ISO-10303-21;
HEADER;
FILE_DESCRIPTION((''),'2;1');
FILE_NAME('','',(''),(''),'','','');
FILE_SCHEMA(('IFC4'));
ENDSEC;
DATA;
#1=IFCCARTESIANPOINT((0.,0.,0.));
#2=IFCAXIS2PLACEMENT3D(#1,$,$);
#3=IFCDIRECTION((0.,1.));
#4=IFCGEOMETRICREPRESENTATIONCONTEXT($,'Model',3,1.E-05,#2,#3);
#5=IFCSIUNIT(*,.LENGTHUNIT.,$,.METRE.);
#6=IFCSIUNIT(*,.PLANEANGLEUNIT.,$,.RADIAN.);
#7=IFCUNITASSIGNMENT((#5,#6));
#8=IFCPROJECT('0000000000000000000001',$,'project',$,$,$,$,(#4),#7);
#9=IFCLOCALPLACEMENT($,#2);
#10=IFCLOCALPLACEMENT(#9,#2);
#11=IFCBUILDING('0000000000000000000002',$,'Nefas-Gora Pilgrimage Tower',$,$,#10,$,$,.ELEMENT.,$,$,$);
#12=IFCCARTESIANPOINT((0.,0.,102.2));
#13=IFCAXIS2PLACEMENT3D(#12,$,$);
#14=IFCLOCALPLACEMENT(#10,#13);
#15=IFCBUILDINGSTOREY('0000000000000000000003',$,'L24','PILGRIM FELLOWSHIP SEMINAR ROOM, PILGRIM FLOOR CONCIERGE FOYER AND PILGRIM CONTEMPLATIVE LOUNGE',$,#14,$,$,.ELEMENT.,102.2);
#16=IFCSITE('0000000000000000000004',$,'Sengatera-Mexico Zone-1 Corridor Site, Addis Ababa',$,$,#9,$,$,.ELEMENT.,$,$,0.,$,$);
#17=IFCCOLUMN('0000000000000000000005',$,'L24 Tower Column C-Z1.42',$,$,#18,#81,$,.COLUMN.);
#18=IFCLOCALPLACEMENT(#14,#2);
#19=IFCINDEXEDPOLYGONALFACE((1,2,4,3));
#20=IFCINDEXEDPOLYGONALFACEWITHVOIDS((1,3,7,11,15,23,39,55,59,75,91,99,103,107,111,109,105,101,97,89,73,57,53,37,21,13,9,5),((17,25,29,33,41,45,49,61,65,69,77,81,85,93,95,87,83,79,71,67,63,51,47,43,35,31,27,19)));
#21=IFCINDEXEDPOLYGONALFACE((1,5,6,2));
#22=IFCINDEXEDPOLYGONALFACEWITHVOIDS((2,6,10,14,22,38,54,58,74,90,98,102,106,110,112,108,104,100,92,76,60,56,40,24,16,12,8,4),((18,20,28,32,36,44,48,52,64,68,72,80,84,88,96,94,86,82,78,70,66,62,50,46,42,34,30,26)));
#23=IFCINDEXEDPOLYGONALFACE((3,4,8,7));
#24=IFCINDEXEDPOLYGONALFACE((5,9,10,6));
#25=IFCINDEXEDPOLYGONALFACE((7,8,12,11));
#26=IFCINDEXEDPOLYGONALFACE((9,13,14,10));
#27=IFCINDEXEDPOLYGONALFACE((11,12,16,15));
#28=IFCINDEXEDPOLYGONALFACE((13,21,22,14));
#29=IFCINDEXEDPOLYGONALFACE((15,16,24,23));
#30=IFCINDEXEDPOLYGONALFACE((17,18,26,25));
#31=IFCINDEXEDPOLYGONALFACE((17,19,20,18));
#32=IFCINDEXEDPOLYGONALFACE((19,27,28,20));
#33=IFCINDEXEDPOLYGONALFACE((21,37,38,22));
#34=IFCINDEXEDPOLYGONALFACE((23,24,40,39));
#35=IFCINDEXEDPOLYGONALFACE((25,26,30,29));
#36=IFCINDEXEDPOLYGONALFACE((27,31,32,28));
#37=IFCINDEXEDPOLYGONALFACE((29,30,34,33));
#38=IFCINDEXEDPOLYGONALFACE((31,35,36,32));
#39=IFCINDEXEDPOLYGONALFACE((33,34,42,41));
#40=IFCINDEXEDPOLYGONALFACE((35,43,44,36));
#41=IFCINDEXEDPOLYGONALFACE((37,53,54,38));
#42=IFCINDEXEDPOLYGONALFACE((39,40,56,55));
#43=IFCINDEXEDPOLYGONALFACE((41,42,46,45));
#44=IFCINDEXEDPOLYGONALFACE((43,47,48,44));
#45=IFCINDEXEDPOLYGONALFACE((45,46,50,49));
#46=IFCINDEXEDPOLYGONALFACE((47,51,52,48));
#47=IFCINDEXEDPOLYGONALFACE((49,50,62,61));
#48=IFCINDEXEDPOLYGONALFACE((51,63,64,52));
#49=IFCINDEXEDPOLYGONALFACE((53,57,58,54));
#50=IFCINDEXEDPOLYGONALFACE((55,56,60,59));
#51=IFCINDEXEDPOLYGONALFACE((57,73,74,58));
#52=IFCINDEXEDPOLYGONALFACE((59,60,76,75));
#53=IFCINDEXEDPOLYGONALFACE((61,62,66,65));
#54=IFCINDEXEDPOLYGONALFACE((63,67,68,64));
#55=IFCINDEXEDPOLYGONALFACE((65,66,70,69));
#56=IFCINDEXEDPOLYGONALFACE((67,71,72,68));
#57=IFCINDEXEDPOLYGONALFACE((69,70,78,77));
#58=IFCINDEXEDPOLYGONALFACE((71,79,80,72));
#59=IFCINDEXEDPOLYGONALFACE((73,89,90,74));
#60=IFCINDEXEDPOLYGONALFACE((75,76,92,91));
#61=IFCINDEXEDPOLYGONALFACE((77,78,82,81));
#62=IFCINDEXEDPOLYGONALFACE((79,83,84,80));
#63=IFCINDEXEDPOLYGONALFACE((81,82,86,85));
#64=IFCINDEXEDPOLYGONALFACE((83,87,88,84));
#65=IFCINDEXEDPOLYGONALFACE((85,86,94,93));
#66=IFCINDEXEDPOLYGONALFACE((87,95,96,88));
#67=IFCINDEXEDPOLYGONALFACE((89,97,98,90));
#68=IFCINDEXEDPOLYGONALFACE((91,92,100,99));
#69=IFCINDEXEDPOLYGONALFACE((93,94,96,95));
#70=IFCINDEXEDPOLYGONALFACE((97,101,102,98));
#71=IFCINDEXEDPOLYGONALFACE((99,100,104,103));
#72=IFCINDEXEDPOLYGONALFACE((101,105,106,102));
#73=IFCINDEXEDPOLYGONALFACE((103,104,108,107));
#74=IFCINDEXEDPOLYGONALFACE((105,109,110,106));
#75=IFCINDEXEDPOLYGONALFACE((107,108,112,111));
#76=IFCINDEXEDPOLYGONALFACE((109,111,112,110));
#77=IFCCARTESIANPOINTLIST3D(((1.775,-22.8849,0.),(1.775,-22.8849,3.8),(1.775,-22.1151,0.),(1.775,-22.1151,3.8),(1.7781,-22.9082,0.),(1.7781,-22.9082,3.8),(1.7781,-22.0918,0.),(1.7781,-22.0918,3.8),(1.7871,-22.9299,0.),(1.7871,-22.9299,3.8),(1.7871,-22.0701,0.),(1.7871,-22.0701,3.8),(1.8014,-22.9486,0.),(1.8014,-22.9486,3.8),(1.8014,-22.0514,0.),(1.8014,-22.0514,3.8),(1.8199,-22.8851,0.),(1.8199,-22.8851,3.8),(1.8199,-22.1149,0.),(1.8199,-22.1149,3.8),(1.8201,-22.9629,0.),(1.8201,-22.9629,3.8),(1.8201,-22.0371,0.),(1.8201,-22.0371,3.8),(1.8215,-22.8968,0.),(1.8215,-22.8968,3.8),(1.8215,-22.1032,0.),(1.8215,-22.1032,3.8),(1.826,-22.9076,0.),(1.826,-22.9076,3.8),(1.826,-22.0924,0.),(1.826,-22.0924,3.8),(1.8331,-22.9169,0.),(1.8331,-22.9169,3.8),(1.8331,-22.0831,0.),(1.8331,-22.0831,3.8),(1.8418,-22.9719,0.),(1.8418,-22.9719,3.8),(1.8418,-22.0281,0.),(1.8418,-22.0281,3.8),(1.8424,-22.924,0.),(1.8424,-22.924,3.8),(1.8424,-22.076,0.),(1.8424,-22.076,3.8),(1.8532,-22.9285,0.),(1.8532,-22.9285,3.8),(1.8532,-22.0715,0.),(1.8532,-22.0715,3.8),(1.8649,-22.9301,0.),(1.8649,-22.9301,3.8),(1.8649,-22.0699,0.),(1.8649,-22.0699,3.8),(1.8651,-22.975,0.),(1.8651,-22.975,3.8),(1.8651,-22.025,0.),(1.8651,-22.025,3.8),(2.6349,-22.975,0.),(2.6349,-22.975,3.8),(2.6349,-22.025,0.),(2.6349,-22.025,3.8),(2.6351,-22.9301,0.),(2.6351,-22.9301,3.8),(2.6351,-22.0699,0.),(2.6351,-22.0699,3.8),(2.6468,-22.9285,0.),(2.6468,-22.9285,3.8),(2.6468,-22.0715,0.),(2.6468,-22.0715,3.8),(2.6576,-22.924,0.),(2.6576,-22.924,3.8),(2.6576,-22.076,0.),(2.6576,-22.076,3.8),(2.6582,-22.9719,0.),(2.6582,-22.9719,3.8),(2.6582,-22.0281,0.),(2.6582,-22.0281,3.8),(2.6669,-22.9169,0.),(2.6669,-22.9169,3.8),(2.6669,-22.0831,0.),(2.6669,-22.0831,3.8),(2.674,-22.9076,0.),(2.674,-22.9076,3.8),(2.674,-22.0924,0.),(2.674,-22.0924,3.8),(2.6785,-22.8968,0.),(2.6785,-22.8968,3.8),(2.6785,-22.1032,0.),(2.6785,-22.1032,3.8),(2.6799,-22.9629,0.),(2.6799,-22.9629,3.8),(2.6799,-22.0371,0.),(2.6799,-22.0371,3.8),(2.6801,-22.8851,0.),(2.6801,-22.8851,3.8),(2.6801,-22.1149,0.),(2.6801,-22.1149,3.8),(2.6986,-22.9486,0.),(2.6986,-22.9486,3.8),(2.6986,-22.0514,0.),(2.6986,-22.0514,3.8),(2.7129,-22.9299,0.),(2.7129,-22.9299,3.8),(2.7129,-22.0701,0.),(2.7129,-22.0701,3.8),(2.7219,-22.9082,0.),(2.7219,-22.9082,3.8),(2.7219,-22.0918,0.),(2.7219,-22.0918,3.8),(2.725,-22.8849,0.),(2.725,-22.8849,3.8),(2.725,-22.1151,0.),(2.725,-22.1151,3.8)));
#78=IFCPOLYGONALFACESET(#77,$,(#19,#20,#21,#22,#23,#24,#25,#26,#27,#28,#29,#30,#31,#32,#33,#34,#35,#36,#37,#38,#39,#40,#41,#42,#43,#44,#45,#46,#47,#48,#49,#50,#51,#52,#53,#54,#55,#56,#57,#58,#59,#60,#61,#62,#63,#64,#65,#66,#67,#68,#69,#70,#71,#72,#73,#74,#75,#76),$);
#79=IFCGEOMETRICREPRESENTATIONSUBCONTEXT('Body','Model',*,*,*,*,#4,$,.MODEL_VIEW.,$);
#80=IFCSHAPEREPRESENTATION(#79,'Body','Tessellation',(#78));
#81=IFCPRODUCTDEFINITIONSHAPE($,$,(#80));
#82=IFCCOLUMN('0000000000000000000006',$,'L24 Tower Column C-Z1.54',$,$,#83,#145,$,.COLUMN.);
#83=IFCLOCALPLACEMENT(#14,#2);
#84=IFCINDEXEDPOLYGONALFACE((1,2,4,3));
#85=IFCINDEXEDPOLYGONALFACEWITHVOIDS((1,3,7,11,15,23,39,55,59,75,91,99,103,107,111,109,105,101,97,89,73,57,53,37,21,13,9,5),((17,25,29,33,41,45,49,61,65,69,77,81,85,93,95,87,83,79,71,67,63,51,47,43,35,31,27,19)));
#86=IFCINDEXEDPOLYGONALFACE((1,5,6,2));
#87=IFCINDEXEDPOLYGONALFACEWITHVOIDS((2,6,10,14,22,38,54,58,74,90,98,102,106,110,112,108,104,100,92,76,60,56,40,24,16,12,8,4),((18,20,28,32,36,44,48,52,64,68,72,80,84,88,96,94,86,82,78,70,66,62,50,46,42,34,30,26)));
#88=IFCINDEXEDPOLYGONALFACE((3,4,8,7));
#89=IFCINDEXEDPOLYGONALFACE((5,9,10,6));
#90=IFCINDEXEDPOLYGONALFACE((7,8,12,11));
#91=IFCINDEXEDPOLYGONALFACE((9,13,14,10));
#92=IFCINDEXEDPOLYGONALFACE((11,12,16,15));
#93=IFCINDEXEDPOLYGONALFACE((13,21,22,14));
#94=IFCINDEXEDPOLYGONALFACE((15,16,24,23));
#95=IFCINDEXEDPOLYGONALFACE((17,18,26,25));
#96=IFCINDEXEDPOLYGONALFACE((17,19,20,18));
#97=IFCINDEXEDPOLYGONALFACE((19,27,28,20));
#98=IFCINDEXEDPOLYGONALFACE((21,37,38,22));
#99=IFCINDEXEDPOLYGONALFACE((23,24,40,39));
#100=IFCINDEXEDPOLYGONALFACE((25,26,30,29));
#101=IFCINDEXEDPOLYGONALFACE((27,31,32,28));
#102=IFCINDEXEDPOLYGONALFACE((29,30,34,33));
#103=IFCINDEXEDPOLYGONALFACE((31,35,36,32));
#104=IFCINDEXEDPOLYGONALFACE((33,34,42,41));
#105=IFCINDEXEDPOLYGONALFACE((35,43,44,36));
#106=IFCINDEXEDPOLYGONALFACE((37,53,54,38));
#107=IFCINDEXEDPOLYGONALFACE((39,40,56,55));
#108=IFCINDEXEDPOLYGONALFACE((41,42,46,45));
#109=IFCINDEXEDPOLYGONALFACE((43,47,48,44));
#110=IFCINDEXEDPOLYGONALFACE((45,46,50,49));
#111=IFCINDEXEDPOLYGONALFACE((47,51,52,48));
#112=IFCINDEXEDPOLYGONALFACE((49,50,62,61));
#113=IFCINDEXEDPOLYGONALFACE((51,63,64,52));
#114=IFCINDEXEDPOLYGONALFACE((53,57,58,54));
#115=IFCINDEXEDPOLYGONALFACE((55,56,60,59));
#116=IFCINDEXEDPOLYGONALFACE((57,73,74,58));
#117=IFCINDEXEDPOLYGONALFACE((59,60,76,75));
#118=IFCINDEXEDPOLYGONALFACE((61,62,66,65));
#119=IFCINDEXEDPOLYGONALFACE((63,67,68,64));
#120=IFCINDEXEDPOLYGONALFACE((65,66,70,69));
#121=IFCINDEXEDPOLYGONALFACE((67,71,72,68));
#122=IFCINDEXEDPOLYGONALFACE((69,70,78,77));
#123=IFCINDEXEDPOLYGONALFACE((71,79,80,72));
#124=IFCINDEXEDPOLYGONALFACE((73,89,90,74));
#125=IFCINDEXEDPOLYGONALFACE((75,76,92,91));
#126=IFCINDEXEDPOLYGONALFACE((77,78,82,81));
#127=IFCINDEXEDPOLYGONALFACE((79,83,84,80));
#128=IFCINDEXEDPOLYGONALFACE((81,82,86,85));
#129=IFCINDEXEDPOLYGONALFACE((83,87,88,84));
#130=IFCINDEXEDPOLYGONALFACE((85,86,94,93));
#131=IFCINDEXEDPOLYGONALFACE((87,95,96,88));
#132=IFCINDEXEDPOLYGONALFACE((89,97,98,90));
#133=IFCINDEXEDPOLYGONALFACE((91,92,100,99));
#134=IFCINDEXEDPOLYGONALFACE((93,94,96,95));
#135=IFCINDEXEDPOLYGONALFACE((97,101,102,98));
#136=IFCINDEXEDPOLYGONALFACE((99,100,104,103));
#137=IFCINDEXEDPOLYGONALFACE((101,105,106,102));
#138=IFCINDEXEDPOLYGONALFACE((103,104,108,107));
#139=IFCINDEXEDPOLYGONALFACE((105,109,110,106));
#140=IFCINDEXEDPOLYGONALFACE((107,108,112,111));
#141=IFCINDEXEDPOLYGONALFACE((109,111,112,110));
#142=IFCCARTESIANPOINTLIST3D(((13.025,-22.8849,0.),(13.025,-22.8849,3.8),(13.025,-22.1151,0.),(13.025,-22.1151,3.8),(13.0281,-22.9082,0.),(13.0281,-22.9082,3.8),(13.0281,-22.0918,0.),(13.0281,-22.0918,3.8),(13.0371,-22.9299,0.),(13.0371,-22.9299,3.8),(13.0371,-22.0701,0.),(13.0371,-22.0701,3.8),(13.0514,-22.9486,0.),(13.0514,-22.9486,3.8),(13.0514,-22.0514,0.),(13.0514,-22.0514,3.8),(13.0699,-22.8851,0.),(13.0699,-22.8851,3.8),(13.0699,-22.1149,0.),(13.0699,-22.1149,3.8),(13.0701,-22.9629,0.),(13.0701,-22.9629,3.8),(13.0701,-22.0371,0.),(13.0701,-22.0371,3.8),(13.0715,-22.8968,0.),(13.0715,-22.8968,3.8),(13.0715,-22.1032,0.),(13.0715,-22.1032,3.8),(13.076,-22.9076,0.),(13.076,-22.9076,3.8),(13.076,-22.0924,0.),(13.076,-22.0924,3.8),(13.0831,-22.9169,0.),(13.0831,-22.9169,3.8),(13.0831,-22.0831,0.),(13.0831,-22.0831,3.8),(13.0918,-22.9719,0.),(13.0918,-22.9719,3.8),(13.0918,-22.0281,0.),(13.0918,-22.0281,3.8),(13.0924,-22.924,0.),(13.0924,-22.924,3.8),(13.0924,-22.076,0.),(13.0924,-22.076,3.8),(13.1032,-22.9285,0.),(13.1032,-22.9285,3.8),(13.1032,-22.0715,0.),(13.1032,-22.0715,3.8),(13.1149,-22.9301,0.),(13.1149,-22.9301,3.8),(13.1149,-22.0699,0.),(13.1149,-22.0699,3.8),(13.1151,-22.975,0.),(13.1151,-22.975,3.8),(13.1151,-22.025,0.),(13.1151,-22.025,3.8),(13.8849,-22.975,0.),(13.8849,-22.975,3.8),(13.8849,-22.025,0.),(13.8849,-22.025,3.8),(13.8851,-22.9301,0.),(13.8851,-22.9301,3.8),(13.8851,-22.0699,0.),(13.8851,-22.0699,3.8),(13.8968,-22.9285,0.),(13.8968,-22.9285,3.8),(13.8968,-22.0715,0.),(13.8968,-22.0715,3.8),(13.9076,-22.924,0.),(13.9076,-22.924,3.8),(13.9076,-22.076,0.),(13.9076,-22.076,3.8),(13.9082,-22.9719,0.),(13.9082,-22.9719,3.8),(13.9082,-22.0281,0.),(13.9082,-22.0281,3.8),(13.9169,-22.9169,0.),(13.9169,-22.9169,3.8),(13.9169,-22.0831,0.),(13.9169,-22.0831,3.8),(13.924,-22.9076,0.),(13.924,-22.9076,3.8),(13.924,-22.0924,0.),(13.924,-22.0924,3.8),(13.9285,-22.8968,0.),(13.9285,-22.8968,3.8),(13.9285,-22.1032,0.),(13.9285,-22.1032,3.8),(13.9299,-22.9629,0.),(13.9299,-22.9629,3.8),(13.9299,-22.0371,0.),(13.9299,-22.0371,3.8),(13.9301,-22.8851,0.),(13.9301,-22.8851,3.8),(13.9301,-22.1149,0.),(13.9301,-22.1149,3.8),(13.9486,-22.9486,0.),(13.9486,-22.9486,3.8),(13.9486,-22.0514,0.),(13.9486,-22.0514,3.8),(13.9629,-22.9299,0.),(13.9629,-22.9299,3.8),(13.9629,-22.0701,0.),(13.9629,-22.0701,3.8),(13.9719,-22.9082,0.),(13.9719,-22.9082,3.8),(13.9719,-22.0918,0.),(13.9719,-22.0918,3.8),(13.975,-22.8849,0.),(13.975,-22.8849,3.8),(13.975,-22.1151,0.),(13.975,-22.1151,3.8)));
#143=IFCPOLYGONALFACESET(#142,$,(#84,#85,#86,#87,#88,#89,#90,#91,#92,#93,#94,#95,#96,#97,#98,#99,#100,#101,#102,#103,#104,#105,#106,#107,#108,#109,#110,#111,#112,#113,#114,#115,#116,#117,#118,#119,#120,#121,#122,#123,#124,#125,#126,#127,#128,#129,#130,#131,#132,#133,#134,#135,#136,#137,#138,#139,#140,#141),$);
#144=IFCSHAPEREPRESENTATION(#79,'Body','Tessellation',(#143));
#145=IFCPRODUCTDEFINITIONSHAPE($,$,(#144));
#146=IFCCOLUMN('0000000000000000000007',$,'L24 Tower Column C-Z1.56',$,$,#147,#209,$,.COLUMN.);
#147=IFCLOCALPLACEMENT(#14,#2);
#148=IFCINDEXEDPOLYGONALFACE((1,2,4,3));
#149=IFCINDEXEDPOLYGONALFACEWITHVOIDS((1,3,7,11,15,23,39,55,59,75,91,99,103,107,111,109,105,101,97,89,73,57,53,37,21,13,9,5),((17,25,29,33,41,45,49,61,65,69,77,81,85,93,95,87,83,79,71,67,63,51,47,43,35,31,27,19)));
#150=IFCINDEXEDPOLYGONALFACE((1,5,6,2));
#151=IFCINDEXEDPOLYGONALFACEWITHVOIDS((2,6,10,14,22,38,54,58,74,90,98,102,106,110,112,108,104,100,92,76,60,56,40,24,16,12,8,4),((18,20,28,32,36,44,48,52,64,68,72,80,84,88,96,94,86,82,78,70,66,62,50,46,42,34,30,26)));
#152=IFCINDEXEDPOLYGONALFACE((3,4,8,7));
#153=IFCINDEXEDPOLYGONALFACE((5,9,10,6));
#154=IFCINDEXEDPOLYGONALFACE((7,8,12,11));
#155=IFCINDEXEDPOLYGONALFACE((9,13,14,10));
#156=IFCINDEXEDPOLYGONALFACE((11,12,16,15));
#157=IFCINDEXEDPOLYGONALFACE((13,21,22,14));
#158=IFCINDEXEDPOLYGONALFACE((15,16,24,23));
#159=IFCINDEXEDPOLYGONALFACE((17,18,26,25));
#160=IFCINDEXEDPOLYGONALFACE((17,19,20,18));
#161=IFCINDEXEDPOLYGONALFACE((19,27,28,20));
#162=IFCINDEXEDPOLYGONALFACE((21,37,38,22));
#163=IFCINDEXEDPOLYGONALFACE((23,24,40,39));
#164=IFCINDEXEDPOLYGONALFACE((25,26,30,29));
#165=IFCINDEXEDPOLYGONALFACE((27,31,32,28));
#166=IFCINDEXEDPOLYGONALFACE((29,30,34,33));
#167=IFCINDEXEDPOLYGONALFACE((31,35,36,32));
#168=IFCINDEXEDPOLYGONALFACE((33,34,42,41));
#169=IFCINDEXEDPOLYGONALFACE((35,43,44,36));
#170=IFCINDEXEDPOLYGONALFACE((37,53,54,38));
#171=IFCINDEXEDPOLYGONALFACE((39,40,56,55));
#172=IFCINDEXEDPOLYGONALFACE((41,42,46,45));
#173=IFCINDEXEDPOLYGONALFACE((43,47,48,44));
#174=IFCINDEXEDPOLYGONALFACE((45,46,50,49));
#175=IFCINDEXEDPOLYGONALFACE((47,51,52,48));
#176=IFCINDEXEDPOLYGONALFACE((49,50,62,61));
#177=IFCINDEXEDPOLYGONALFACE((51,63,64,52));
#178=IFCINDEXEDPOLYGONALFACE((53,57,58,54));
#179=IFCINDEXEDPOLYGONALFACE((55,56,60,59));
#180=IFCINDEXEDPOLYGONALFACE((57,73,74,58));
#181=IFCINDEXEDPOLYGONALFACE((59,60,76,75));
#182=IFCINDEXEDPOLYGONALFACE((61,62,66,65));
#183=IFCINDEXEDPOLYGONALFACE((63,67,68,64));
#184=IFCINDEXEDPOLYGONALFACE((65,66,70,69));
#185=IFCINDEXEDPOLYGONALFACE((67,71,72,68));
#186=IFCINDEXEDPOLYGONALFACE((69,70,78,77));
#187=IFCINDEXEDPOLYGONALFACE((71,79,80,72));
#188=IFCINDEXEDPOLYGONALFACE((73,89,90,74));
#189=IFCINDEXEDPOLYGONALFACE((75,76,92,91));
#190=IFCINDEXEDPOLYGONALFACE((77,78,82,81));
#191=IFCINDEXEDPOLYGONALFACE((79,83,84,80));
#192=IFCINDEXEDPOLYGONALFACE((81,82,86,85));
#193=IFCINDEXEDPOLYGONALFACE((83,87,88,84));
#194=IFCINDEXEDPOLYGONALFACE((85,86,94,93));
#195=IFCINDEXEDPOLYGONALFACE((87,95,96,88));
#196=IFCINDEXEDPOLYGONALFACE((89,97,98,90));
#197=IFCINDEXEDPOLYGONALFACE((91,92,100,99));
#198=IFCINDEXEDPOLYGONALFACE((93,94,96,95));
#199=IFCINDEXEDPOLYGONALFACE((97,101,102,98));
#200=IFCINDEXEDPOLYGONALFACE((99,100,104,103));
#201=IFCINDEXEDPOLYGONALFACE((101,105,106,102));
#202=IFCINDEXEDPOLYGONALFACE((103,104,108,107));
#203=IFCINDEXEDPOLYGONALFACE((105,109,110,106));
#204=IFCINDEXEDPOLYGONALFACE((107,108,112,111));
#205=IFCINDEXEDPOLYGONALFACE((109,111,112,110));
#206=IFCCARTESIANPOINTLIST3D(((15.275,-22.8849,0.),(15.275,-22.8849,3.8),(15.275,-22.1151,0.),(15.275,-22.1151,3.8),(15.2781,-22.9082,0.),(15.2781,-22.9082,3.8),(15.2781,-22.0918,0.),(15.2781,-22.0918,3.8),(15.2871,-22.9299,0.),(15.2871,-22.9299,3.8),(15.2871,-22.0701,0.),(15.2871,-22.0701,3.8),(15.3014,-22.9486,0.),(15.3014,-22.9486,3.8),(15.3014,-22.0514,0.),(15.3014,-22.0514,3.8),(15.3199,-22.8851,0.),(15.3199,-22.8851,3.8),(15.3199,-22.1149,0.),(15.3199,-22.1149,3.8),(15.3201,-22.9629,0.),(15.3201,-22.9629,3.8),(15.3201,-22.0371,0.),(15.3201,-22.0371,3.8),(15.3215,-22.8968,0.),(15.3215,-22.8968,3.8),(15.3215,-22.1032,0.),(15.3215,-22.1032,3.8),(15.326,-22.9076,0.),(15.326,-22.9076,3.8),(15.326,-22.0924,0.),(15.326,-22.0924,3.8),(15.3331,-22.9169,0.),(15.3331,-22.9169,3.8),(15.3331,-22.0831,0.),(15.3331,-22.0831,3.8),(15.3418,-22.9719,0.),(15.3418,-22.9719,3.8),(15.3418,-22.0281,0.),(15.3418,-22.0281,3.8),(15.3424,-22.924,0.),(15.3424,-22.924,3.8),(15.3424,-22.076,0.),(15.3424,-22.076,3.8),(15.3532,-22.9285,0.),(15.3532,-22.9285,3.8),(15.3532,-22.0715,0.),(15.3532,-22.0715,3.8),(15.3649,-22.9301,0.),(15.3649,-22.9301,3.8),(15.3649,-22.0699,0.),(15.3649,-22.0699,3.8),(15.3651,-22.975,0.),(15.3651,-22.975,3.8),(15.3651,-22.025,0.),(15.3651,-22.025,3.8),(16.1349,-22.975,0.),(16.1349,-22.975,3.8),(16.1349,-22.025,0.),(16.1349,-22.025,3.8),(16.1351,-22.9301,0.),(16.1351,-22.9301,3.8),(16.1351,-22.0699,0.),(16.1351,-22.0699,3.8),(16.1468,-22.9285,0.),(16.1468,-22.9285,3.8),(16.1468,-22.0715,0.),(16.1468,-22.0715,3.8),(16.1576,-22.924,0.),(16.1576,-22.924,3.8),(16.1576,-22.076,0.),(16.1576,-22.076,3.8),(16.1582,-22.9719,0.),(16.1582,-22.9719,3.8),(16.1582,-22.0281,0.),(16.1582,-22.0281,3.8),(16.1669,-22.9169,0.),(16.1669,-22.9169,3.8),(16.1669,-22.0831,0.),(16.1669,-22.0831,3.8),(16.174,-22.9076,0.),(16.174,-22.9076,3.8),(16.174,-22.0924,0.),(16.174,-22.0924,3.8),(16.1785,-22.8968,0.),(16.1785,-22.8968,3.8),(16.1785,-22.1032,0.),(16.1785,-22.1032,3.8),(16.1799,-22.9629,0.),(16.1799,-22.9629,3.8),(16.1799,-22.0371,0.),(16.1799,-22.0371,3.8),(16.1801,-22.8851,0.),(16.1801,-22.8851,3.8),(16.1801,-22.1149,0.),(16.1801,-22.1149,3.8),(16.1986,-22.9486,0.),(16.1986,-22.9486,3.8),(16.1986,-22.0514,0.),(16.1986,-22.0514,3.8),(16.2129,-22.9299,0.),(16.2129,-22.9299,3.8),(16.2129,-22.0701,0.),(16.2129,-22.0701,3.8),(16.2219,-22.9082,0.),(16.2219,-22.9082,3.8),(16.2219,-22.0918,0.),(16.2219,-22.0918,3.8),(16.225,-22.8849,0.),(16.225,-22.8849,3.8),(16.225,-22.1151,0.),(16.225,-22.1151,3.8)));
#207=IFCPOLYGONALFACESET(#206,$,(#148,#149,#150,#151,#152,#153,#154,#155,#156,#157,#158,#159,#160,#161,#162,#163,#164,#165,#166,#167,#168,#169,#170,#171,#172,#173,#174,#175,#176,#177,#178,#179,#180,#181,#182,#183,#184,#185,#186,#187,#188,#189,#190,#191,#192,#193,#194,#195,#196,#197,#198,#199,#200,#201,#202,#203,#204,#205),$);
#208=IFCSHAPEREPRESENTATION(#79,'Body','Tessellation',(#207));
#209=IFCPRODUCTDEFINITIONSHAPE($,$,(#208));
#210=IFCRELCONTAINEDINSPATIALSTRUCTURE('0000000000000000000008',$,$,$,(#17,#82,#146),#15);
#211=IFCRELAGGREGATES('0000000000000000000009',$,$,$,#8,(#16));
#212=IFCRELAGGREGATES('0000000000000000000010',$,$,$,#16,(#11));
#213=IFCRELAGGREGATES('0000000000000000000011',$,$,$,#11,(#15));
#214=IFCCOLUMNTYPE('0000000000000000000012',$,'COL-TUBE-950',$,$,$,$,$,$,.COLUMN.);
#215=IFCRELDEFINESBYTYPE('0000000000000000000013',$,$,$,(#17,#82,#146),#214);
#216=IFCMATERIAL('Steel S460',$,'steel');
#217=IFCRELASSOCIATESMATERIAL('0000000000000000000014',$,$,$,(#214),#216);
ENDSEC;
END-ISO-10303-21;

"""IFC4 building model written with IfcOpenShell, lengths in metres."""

from ifc_helpers import new_model, si_unit, direction, frame, origin, origin_2d, place, context, subcontext, project, spatial, hollow_rectangle, extrude, source, transform, mapped, material, material_profile, profile_set, type_object, element, save


model = new_model("IFC4")

# Units and contexts
model_context = context("Model", 3, precision=1e-05, world=origin(), true_north=direction((0.0, 1.0)))
body_context = subcontext(model_context, "Body", "Model", "MODEL_VIEW")
ifc_project = project(units=[si_unit("LENGTHUNIT", "METRE"), si_unit("PLANEANGLEUNIT", "RADIAN")], contexts=[model_context])

# Site, building, storey
site_placement = place(None, origin())
site = spatial("IfcSite", under=ifc_project, at=site_placement, Name="Sengatera-Mexico Zone-1 Corridor Site, Addis Ababa", CompositionType="ELEMENT", RefElevation=0.0)
building_placement = place(site_placement, origin())
building = spatial("IfcBuilding", under=site, at=building_placement, Name="Nefas-Gora Pilgrimage Tower", CompositionType="ELEMENT")
storey_placement = place(building_placement, frame((0.0, 0.0, 102.2)))
storey = spatial("IfcBuildingStorey", under=building, at=storey_placement, Name="L24", Description="PILGRIM FELLOWSHIP SEMINAR ROOM, PILGRIM FLOOR CONCIERGE FOYER AND PILGRIM CONTEMPLATIVE LOUNGE", CompositionType="ELEMENT", Elevation=102.2)

# Columns
ifc_material_1 = material(Name="Steel S460", Category="steel")
ifc_material_profile_1 = material_profile(ifc_material_1, hollow_rectangle(XDim=0.95, YDim=0.95, WallThickness=0.0449, InnerFilletRadius=0.0449, OuterFilletRadius=0.0901, at=origin_2d()), Name="BOX 950x950x45")
ifc_profile_set_1 = profile_set([ifc_material_profile_1], Name="Steel S460")
column_type_1 = type_object("IfcColumnType", Name="COL-TUBE-950", PredefinedType="COLUMN", material=ifc_profile_set_1)
shared_shape_1 = source(origin(), body_context, "Body", "SweptSolid", [
    extrude(hollow_rectangle(XDim=0.95, YDim=0.95, WallThickness=0.0449, InnerFilletRadius=0.0449, OuterFilletRadius=0.0901, at=origin_2d()), origin(), (0.0, 0.0, 1.0), 3.8),
])
for number, where, z_axis, x_axis, name in (
    (1, (2.25, -22.5, 0.0), (0.0, 0.0, 1.0), (1.0, 0.0, 0.0), "L24 Tower Column C-Z1.42"),
    (2, (13.5, -22.5, 0.0), (0.0, 0.0, 1.0), (1.0, 0.0, 0.0), "L24 Tower Column C-Z1.54"),
    (3, (15.75, -22.5, 0.0), (0.0, 0.0, 1.0), (1.0, 0.0, 0.0), "L24 Tower Column C-Z1.56"),
):
    element("IfcColumn", number, at=place(storey_placement, frame(where, z_axis=z_axis, x_axis=x_axis)), inside=storey, type_object=column_type_1, Name=name, PredefinedType="COLUMN", context=body_context, shape_type="MappedRepresentation", body=[
        mapped(shared_shape_1, transform((0.0, 0.0, 0.0), x_axis=(1.0, 0.0, 0.0), y_axis=(0.0, 1.0, 0.0), z_axis=(0.0, 0.0, 1.0), scale=1.0)),
    ])

save(model, "model.ifc")
